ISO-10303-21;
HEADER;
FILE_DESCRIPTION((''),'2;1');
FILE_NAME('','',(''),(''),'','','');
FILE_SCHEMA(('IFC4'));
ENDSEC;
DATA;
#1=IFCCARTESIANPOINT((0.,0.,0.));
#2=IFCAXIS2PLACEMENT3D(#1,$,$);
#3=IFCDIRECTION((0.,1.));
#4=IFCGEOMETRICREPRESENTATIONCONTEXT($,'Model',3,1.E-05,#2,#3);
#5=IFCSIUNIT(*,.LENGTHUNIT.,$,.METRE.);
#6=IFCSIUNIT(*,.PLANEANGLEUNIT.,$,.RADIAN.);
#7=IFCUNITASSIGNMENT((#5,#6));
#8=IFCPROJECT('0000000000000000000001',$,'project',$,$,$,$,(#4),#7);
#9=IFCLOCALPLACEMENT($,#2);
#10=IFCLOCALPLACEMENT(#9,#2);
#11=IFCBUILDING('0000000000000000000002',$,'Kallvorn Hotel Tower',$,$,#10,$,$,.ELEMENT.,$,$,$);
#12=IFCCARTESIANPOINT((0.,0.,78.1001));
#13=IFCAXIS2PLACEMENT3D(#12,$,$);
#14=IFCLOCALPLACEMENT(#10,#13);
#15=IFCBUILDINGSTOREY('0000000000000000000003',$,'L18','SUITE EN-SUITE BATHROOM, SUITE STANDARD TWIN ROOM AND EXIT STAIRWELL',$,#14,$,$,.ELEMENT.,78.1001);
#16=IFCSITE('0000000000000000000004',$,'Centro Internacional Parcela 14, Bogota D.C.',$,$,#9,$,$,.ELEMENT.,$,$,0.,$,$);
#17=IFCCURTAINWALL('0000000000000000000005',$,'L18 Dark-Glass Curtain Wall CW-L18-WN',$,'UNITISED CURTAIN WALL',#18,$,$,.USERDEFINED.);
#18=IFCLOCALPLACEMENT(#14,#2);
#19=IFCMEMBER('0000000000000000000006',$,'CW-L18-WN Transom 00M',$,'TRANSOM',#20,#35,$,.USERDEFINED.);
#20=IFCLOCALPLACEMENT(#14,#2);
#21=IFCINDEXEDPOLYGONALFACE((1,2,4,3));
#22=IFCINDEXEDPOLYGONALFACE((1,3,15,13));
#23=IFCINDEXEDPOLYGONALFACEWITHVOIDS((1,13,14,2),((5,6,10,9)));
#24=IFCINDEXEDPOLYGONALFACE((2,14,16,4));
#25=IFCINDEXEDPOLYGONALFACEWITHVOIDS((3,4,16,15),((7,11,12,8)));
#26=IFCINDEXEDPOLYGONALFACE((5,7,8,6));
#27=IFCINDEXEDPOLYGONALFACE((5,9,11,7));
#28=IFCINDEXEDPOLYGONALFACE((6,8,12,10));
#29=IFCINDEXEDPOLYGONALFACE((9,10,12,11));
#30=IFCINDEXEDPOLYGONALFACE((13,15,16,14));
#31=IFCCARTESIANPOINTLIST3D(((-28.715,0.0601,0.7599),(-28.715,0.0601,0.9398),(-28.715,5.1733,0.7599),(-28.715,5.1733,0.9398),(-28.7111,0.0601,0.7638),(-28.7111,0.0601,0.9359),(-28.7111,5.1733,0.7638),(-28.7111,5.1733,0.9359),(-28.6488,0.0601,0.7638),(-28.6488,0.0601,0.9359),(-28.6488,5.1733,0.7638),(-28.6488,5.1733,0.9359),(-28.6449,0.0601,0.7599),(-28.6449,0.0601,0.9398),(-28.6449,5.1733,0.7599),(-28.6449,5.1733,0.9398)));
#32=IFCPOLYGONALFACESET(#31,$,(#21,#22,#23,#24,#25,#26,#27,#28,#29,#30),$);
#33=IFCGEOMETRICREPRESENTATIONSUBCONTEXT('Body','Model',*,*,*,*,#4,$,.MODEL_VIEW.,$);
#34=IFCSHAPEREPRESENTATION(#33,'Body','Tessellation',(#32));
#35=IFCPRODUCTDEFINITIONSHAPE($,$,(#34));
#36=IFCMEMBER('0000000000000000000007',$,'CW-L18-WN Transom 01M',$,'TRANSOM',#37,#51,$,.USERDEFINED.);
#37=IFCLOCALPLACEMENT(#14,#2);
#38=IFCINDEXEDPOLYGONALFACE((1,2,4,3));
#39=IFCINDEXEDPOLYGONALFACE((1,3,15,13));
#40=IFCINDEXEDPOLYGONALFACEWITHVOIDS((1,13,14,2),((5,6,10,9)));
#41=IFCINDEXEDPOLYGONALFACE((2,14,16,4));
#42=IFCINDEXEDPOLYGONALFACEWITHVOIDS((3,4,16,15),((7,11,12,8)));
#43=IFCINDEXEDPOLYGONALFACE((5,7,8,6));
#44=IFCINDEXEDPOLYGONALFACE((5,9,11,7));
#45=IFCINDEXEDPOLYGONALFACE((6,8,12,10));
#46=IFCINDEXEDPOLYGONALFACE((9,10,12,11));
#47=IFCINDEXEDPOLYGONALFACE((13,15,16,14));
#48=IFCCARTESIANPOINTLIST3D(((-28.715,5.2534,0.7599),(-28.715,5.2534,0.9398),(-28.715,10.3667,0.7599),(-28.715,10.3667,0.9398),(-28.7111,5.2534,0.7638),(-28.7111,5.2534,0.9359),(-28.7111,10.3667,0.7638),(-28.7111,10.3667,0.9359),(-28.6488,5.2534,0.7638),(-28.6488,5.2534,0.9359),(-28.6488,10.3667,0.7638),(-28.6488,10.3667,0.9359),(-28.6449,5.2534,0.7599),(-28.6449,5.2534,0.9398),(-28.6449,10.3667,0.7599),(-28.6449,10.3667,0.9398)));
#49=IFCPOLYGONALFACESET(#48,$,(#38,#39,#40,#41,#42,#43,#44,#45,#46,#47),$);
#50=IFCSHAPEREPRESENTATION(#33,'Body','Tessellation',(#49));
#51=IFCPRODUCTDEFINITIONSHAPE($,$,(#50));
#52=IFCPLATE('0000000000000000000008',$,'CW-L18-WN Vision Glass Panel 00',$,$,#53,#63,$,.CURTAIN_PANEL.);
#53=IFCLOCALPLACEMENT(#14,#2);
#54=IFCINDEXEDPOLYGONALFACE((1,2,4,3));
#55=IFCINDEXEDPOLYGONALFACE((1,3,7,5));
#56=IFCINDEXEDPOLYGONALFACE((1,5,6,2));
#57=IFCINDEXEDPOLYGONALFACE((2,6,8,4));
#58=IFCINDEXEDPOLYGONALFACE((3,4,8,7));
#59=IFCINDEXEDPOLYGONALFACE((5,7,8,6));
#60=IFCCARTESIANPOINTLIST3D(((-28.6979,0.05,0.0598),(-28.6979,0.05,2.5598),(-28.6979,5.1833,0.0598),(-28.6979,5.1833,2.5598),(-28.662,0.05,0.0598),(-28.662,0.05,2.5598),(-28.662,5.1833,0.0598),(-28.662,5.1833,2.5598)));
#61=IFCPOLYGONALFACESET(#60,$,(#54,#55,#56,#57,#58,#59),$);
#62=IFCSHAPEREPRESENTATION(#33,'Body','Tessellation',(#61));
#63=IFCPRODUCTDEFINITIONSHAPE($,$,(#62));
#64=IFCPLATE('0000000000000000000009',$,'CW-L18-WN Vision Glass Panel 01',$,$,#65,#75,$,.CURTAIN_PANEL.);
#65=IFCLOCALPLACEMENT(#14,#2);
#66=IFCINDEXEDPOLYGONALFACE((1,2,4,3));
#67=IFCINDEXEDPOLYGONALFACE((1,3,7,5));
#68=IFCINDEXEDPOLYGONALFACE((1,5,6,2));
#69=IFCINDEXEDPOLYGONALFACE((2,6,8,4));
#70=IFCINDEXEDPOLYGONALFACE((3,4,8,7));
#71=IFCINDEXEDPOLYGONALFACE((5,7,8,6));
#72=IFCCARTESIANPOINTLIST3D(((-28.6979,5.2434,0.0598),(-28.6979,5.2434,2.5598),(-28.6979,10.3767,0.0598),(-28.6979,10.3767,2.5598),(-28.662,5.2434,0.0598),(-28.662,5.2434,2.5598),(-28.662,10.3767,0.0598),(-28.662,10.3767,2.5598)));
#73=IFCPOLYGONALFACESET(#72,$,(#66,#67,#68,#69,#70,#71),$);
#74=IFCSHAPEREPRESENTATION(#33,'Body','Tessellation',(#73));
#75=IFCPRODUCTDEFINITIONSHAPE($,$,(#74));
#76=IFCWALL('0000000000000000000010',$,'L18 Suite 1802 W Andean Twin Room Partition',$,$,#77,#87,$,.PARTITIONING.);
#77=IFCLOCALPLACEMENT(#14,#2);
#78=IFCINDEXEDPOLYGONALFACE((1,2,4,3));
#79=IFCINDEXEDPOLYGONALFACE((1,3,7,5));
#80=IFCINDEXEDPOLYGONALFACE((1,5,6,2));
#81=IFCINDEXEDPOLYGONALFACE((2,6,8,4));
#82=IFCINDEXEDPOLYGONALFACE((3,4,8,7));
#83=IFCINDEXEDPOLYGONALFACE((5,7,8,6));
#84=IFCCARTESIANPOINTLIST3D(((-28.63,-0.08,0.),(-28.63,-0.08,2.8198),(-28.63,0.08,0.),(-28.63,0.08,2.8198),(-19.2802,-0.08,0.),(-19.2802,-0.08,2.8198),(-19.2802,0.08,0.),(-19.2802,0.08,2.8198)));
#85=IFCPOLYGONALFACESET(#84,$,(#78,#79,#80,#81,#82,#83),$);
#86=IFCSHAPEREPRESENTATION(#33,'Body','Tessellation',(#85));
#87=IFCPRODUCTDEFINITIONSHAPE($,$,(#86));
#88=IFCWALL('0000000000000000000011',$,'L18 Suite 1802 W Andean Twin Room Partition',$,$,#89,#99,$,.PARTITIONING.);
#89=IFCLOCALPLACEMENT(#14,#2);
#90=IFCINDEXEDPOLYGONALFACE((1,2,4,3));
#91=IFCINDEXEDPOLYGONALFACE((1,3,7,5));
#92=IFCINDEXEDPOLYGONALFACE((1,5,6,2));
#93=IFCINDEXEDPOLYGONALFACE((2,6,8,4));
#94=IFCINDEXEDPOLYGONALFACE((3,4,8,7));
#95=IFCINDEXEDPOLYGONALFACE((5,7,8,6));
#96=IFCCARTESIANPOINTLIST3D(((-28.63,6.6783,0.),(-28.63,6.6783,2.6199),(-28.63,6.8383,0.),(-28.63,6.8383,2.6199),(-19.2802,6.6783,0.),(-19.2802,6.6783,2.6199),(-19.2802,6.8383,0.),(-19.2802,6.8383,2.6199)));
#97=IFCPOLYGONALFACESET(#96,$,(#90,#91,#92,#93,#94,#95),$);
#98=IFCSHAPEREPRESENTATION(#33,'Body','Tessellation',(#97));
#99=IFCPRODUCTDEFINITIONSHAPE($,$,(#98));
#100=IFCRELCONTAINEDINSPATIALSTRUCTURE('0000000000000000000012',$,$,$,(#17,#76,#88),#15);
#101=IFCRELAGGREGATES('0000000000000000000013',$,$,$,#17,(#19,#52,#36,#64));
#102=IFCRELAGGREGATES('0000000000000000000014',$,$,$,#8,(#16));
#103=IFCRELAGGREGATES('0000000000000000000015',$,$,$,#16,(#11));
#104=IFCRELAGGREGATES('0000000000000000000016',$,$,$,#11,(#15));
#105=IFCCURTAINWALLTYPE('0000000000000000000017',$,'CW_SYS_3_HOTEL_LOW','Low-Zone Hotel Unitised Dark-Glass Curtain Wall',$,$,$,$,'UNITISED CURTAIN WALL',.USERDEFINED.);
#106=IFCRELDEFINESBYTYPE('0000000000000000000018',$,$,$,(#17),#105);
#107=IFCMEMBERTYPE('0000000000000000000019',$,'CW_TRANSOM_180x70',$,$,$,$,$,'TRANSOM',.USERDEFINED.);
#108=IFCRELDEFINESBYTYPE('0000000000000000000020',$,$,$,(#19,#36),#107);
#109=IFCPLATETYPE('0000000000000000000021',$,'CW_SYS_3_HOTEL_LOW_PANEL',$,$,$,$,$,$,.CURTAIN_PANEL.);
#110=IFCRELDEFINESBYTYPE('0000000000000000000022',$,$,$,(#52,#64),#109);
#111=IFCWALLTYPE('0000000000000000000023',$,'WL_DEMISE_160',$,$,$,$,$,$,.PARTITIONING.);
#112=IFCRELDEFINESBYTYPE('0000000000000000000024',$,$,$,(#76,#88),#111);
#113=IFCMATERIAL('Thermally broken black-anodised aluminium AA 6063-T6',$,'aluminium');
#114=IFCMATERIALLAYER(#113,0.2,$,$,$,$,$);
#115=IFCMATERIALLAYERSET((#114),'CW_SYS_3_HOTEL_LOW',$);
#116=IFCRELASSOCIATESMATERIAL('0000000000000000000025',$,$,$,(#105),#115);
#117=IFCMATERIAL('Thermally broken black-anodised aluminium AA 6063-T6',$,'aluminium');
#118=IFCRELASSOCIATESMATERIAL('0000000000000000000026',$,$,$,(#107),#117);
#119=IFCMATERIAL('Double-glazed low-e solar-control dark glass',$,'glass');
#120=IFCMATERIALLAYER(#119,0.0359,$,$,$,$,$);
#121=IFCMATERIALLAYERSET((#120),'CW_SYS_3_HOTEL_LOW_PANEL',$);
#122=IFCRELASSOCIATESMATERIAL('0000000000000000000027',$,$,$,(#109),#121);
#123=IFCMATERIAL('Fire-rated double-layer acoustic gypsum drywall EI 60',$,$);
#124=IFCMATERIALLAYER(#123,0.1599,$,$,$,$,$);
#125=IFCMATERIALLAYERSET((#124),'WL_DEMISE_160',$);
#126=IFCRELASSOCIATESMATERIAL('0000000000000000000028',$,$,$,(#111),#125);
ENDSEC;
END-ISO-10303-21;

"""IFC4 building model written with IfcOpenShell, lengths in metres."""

from ifc_helpers import new_model, si_unit, direction, frame, frame_2d, origin, origin_2d, place, context, subcontext, project, spatial, rectangle, hollow_rectangle, extrude, material, layer, layer_set, material_profile, profile_set, type_object, element, aggregate, save


model = new_model("IFC4")

# Units and contexts
model_context = context("Model", 3, precision=1e-05, world=origin(), true_north=direction((0.0, 1.0)))
body_context = subcontext(model_context, "Body", "Model", "MODEL_VIEW")
ifc_project = project(units=[si_unit("LENGTHUNIT", "METRE"), si_unit("PLANEANGLEUNIT", "RADIAN")], contexts=[model_context])

# Site, building, storey
site_placement = place(None, origin())
site = spatial("IfcSite", under=ifc_project, at=site_placement, Name="Centro Internacional Parcela 14, Bogota D.C.", CompositionType="ELEMENT", RefElevation=0.0)
building_placement = place(site_placement, origin())
building = spatial("IfcBuilding", under=site, at=building_placement, Name="Kallvorn Hotel Tower", CompositionType="ELEMENT")
storey_placement = place(building_placement, frame((0.0, 0.0, 78.1001)))
storey = spatial("IfcBuildingStorey", under=building, at=storey_placement, Name="L18", Description="SUITE EN-SUITE BATHROOM, SUITE STANDARD TWIN ROOM AND EXIT STAIRWELL", CompositionType="ELEMENT", Elevation=78.1001)

# Curtain wall, members, plates
ifc_material_1 = material(Name="Thermally broken black-anodised aluminium AA 6063-T6", Category="aluminium")
ifc_layer_1 = layer(ifc_material_1, 0.2)
ifc_layer_set_1 = layer_set([ifc_layer_1], Name="CW_SYS_3_HOTEL_LOW")
curtain_wall_type = type_object("IfcCurtainWallType", Name="CW_SYS_3_HOTEL_LOW", Description="Low-Zone Hotel Unitised Dark-Glass Curtain Wall", ElementType="UNITISED CURTAIN WALL", PredefinedType="USERDEFINED", material=ifc_layer_set_1)
curtain_wall_placement = place(storey_placement, origin())
curtain_wall = element("IfcCurtainWall", 1, at=curtain_wall_placement, inside=storey, type_object=curtain_wall_type, Name="L18 Dark-Glass Curtain Wall CW-L18-WN", ObjectType="UNITISED CURTAIN WALL", PredefinedType="USERDEFINED")
ifc_material_2 = material(Name="Thermally broken black-anodised aluminium AA 6063-T6", Category="aluminium")
ifc_material_profile_1 = material_profile(ifc_material_2, hollow_rectangle(XDim=0.0701, YDim=0.1799, WallThickness=0.0039, at=origin_2d()), Name="TRN 180x70")
ifc_profile_set_1 = profile_set([ifc_material_profile_1], Name="Thermally broken black-anodised aluminium AA 6063-T6")
member_type_1 = type_object("IfcMemberType", Name="CW_TRANSOM_180x70", ElementType="TRANSOM", PredefinedType="USERDEFINED", material=ifc_profile_set_1)
member_1_placement = place(storey_placement, frame((-28.6799, 0.0601, 0.8499), z_axis=(0.0, 1.0, 0.0), x_axis=(-1.0, 0.0, 0.0)))
member_1 = element("IfcMember", 2, at=member_1_placement, type_object=member_type_1, Name="CW-L18-WN Transom 00M", ObjectType="TRANSOM", PredefinedType="USERDEFINED", context=body_context, shape_type="SweptSolid", body=[
    extrude(hollow_rectangle(XDim=0.0701, YDim=0.1799, WallThickness=0.0039, at=origin_2d()), origin(), (0.0, 0.0, 1.0), 5.1133),
])
member_2_placement = place(storey_placement, frame((-28.6799, 5.2534, 0.8499), z_axis=(0.0, 1.0, 0.0), x_axis=(-1.0, 0.0, 0.0)))
member_2 = element("IfcMember", 3, at=member_2_placement, type_object=member_type_1, Name="CW-L18-WN Transom 01M", ObjectType="TRANSOM", PredefinedType="USERDEFINED", context=body_context, shape_type="SweptSolid", body=[
    extrude(hollow_rectangle(XDim=0.0701, YDim=0.1799, WallThickness=0.0039, at=origin_2d()), origin(), (0.0, 0.0, 1.0), 5.1133),
])
ifc_material_3 = material(Name="Double-glazed low-e solar-control dark glass", Category="glass")
ifc_layer_2 = layer(ifc_material_3, 0.0359)
ifc_layer_set_2 = layer_set([ifc_layer_2], Name="CW_SYS_3_HOTEL_LOW_PANEL")
plate_type = type_object("IfcPlateType", Name="CW_SYS_3_HOTEL_LOW_PANEL", PredefinedType="CURTAIN_PANEL", material=ifc_layer_set_2)
plate_1_placement = place(storey_placement, frame((-28.6799, 2.6167, 0.0598), z_axis=(0.0, 0.0, 1.0), x_axis=(0.0, 1.0, 0.0)))
plate_1 = element("IfcPlate", 4, at=plate_1_placement, type_object=plate_type, Name="CW-L18-WN Vision Glass Panel 00", PredefinedType="CURTAIN_PANEL", context=body_context, shape_type="SweptSolid", body=[
    extrude(rectangle(XDim=5.1333, YDim=0.0359, at=origin_2d()), origin(), (0.0, 0.0, 1.0), 2.5),
])
plate_2_placement = place(storey_placement, frame((-28.6799, 7.8101, 0.0598), z_axis=(0.0, 0.0, 1.0), x_axis=(0.0, 1.0, 0.0)))
plate_2 = element("IfcPlate", 5, at=plate_2_placement, type_object=plate_type, Name="CW-L18-WN Vision Glass Panel 01", PredefinedType="CURTAIN_PANEL", context=body_context, shape_type="SweptSolid", body=[
    extrude(rectangle(XDim=5.1333, YDim=0.0359, at=origin_2d()), origin(), (0.0, 0.0, 1.0), 2.5),
])
aggregate(curtain_wall, [member_1, plate_1, member_2, plate_2])

# Walls
ifc_material_4 = material(Name="Fire-rated double-layer acoustic gypsum drywall EI 60")
ifc_layer_3 = layer(ifc_material_4, 0.1599)
ifc_layer_set_3 = layer_set([ifc_layer_3], Name="WL_DEMISE_160")
wall_type = type_object("IfcWallType", Name="WL_DEMISE_160", PredefinedType="PARTITIONING", material=ifc_layer_set_3)
wall_1_placement = place(storey_placement, frame((-28.6299, 0.0, 0.0), z_axis=(0.0, 0.0, 1.0), x_axis=(1.0, 0.0, 0.0)))
element("IfcWall", 6, at=wall_1_placement, inside=storey, type_object=wall_type, Name="L18 Suite 1802 W Andean Twin Room Partition", PredefinedType="PARTITIONING", context=body_context, shape_type="SweptSolid", body=[
    extrude(rectangle(XDim=9.3499, YDim=0.1599, at=frame_2d((4.6748, 0.0))), origin(), (0.0, 0.0, 1.0), 2.8198),
])
wall_2_placement = place(storey_placement, frame((-28.6299, 6.7583, 0.0), z_axis=(0.0, 0.0, 1.0), x_axis=(1.0, 0.0, 0.0)))
element("IfcWall", 7, at=wall_2_placement, inside=storey, type_object=wall_type, Name="L18 Suite 1802 W Andean Twin Room Partition", PredefinedType="PARTITIONING", context=body_context, shape_type="SweptSolid", body=[
    extrude(rectangle(XDim=9.3499, YDim=0.1599, at=frame_2d((4.6748, 0.0))), origin(), (0.0, 0.0, 1.0), 2.6199),
])

save(model, "model.ifc")
